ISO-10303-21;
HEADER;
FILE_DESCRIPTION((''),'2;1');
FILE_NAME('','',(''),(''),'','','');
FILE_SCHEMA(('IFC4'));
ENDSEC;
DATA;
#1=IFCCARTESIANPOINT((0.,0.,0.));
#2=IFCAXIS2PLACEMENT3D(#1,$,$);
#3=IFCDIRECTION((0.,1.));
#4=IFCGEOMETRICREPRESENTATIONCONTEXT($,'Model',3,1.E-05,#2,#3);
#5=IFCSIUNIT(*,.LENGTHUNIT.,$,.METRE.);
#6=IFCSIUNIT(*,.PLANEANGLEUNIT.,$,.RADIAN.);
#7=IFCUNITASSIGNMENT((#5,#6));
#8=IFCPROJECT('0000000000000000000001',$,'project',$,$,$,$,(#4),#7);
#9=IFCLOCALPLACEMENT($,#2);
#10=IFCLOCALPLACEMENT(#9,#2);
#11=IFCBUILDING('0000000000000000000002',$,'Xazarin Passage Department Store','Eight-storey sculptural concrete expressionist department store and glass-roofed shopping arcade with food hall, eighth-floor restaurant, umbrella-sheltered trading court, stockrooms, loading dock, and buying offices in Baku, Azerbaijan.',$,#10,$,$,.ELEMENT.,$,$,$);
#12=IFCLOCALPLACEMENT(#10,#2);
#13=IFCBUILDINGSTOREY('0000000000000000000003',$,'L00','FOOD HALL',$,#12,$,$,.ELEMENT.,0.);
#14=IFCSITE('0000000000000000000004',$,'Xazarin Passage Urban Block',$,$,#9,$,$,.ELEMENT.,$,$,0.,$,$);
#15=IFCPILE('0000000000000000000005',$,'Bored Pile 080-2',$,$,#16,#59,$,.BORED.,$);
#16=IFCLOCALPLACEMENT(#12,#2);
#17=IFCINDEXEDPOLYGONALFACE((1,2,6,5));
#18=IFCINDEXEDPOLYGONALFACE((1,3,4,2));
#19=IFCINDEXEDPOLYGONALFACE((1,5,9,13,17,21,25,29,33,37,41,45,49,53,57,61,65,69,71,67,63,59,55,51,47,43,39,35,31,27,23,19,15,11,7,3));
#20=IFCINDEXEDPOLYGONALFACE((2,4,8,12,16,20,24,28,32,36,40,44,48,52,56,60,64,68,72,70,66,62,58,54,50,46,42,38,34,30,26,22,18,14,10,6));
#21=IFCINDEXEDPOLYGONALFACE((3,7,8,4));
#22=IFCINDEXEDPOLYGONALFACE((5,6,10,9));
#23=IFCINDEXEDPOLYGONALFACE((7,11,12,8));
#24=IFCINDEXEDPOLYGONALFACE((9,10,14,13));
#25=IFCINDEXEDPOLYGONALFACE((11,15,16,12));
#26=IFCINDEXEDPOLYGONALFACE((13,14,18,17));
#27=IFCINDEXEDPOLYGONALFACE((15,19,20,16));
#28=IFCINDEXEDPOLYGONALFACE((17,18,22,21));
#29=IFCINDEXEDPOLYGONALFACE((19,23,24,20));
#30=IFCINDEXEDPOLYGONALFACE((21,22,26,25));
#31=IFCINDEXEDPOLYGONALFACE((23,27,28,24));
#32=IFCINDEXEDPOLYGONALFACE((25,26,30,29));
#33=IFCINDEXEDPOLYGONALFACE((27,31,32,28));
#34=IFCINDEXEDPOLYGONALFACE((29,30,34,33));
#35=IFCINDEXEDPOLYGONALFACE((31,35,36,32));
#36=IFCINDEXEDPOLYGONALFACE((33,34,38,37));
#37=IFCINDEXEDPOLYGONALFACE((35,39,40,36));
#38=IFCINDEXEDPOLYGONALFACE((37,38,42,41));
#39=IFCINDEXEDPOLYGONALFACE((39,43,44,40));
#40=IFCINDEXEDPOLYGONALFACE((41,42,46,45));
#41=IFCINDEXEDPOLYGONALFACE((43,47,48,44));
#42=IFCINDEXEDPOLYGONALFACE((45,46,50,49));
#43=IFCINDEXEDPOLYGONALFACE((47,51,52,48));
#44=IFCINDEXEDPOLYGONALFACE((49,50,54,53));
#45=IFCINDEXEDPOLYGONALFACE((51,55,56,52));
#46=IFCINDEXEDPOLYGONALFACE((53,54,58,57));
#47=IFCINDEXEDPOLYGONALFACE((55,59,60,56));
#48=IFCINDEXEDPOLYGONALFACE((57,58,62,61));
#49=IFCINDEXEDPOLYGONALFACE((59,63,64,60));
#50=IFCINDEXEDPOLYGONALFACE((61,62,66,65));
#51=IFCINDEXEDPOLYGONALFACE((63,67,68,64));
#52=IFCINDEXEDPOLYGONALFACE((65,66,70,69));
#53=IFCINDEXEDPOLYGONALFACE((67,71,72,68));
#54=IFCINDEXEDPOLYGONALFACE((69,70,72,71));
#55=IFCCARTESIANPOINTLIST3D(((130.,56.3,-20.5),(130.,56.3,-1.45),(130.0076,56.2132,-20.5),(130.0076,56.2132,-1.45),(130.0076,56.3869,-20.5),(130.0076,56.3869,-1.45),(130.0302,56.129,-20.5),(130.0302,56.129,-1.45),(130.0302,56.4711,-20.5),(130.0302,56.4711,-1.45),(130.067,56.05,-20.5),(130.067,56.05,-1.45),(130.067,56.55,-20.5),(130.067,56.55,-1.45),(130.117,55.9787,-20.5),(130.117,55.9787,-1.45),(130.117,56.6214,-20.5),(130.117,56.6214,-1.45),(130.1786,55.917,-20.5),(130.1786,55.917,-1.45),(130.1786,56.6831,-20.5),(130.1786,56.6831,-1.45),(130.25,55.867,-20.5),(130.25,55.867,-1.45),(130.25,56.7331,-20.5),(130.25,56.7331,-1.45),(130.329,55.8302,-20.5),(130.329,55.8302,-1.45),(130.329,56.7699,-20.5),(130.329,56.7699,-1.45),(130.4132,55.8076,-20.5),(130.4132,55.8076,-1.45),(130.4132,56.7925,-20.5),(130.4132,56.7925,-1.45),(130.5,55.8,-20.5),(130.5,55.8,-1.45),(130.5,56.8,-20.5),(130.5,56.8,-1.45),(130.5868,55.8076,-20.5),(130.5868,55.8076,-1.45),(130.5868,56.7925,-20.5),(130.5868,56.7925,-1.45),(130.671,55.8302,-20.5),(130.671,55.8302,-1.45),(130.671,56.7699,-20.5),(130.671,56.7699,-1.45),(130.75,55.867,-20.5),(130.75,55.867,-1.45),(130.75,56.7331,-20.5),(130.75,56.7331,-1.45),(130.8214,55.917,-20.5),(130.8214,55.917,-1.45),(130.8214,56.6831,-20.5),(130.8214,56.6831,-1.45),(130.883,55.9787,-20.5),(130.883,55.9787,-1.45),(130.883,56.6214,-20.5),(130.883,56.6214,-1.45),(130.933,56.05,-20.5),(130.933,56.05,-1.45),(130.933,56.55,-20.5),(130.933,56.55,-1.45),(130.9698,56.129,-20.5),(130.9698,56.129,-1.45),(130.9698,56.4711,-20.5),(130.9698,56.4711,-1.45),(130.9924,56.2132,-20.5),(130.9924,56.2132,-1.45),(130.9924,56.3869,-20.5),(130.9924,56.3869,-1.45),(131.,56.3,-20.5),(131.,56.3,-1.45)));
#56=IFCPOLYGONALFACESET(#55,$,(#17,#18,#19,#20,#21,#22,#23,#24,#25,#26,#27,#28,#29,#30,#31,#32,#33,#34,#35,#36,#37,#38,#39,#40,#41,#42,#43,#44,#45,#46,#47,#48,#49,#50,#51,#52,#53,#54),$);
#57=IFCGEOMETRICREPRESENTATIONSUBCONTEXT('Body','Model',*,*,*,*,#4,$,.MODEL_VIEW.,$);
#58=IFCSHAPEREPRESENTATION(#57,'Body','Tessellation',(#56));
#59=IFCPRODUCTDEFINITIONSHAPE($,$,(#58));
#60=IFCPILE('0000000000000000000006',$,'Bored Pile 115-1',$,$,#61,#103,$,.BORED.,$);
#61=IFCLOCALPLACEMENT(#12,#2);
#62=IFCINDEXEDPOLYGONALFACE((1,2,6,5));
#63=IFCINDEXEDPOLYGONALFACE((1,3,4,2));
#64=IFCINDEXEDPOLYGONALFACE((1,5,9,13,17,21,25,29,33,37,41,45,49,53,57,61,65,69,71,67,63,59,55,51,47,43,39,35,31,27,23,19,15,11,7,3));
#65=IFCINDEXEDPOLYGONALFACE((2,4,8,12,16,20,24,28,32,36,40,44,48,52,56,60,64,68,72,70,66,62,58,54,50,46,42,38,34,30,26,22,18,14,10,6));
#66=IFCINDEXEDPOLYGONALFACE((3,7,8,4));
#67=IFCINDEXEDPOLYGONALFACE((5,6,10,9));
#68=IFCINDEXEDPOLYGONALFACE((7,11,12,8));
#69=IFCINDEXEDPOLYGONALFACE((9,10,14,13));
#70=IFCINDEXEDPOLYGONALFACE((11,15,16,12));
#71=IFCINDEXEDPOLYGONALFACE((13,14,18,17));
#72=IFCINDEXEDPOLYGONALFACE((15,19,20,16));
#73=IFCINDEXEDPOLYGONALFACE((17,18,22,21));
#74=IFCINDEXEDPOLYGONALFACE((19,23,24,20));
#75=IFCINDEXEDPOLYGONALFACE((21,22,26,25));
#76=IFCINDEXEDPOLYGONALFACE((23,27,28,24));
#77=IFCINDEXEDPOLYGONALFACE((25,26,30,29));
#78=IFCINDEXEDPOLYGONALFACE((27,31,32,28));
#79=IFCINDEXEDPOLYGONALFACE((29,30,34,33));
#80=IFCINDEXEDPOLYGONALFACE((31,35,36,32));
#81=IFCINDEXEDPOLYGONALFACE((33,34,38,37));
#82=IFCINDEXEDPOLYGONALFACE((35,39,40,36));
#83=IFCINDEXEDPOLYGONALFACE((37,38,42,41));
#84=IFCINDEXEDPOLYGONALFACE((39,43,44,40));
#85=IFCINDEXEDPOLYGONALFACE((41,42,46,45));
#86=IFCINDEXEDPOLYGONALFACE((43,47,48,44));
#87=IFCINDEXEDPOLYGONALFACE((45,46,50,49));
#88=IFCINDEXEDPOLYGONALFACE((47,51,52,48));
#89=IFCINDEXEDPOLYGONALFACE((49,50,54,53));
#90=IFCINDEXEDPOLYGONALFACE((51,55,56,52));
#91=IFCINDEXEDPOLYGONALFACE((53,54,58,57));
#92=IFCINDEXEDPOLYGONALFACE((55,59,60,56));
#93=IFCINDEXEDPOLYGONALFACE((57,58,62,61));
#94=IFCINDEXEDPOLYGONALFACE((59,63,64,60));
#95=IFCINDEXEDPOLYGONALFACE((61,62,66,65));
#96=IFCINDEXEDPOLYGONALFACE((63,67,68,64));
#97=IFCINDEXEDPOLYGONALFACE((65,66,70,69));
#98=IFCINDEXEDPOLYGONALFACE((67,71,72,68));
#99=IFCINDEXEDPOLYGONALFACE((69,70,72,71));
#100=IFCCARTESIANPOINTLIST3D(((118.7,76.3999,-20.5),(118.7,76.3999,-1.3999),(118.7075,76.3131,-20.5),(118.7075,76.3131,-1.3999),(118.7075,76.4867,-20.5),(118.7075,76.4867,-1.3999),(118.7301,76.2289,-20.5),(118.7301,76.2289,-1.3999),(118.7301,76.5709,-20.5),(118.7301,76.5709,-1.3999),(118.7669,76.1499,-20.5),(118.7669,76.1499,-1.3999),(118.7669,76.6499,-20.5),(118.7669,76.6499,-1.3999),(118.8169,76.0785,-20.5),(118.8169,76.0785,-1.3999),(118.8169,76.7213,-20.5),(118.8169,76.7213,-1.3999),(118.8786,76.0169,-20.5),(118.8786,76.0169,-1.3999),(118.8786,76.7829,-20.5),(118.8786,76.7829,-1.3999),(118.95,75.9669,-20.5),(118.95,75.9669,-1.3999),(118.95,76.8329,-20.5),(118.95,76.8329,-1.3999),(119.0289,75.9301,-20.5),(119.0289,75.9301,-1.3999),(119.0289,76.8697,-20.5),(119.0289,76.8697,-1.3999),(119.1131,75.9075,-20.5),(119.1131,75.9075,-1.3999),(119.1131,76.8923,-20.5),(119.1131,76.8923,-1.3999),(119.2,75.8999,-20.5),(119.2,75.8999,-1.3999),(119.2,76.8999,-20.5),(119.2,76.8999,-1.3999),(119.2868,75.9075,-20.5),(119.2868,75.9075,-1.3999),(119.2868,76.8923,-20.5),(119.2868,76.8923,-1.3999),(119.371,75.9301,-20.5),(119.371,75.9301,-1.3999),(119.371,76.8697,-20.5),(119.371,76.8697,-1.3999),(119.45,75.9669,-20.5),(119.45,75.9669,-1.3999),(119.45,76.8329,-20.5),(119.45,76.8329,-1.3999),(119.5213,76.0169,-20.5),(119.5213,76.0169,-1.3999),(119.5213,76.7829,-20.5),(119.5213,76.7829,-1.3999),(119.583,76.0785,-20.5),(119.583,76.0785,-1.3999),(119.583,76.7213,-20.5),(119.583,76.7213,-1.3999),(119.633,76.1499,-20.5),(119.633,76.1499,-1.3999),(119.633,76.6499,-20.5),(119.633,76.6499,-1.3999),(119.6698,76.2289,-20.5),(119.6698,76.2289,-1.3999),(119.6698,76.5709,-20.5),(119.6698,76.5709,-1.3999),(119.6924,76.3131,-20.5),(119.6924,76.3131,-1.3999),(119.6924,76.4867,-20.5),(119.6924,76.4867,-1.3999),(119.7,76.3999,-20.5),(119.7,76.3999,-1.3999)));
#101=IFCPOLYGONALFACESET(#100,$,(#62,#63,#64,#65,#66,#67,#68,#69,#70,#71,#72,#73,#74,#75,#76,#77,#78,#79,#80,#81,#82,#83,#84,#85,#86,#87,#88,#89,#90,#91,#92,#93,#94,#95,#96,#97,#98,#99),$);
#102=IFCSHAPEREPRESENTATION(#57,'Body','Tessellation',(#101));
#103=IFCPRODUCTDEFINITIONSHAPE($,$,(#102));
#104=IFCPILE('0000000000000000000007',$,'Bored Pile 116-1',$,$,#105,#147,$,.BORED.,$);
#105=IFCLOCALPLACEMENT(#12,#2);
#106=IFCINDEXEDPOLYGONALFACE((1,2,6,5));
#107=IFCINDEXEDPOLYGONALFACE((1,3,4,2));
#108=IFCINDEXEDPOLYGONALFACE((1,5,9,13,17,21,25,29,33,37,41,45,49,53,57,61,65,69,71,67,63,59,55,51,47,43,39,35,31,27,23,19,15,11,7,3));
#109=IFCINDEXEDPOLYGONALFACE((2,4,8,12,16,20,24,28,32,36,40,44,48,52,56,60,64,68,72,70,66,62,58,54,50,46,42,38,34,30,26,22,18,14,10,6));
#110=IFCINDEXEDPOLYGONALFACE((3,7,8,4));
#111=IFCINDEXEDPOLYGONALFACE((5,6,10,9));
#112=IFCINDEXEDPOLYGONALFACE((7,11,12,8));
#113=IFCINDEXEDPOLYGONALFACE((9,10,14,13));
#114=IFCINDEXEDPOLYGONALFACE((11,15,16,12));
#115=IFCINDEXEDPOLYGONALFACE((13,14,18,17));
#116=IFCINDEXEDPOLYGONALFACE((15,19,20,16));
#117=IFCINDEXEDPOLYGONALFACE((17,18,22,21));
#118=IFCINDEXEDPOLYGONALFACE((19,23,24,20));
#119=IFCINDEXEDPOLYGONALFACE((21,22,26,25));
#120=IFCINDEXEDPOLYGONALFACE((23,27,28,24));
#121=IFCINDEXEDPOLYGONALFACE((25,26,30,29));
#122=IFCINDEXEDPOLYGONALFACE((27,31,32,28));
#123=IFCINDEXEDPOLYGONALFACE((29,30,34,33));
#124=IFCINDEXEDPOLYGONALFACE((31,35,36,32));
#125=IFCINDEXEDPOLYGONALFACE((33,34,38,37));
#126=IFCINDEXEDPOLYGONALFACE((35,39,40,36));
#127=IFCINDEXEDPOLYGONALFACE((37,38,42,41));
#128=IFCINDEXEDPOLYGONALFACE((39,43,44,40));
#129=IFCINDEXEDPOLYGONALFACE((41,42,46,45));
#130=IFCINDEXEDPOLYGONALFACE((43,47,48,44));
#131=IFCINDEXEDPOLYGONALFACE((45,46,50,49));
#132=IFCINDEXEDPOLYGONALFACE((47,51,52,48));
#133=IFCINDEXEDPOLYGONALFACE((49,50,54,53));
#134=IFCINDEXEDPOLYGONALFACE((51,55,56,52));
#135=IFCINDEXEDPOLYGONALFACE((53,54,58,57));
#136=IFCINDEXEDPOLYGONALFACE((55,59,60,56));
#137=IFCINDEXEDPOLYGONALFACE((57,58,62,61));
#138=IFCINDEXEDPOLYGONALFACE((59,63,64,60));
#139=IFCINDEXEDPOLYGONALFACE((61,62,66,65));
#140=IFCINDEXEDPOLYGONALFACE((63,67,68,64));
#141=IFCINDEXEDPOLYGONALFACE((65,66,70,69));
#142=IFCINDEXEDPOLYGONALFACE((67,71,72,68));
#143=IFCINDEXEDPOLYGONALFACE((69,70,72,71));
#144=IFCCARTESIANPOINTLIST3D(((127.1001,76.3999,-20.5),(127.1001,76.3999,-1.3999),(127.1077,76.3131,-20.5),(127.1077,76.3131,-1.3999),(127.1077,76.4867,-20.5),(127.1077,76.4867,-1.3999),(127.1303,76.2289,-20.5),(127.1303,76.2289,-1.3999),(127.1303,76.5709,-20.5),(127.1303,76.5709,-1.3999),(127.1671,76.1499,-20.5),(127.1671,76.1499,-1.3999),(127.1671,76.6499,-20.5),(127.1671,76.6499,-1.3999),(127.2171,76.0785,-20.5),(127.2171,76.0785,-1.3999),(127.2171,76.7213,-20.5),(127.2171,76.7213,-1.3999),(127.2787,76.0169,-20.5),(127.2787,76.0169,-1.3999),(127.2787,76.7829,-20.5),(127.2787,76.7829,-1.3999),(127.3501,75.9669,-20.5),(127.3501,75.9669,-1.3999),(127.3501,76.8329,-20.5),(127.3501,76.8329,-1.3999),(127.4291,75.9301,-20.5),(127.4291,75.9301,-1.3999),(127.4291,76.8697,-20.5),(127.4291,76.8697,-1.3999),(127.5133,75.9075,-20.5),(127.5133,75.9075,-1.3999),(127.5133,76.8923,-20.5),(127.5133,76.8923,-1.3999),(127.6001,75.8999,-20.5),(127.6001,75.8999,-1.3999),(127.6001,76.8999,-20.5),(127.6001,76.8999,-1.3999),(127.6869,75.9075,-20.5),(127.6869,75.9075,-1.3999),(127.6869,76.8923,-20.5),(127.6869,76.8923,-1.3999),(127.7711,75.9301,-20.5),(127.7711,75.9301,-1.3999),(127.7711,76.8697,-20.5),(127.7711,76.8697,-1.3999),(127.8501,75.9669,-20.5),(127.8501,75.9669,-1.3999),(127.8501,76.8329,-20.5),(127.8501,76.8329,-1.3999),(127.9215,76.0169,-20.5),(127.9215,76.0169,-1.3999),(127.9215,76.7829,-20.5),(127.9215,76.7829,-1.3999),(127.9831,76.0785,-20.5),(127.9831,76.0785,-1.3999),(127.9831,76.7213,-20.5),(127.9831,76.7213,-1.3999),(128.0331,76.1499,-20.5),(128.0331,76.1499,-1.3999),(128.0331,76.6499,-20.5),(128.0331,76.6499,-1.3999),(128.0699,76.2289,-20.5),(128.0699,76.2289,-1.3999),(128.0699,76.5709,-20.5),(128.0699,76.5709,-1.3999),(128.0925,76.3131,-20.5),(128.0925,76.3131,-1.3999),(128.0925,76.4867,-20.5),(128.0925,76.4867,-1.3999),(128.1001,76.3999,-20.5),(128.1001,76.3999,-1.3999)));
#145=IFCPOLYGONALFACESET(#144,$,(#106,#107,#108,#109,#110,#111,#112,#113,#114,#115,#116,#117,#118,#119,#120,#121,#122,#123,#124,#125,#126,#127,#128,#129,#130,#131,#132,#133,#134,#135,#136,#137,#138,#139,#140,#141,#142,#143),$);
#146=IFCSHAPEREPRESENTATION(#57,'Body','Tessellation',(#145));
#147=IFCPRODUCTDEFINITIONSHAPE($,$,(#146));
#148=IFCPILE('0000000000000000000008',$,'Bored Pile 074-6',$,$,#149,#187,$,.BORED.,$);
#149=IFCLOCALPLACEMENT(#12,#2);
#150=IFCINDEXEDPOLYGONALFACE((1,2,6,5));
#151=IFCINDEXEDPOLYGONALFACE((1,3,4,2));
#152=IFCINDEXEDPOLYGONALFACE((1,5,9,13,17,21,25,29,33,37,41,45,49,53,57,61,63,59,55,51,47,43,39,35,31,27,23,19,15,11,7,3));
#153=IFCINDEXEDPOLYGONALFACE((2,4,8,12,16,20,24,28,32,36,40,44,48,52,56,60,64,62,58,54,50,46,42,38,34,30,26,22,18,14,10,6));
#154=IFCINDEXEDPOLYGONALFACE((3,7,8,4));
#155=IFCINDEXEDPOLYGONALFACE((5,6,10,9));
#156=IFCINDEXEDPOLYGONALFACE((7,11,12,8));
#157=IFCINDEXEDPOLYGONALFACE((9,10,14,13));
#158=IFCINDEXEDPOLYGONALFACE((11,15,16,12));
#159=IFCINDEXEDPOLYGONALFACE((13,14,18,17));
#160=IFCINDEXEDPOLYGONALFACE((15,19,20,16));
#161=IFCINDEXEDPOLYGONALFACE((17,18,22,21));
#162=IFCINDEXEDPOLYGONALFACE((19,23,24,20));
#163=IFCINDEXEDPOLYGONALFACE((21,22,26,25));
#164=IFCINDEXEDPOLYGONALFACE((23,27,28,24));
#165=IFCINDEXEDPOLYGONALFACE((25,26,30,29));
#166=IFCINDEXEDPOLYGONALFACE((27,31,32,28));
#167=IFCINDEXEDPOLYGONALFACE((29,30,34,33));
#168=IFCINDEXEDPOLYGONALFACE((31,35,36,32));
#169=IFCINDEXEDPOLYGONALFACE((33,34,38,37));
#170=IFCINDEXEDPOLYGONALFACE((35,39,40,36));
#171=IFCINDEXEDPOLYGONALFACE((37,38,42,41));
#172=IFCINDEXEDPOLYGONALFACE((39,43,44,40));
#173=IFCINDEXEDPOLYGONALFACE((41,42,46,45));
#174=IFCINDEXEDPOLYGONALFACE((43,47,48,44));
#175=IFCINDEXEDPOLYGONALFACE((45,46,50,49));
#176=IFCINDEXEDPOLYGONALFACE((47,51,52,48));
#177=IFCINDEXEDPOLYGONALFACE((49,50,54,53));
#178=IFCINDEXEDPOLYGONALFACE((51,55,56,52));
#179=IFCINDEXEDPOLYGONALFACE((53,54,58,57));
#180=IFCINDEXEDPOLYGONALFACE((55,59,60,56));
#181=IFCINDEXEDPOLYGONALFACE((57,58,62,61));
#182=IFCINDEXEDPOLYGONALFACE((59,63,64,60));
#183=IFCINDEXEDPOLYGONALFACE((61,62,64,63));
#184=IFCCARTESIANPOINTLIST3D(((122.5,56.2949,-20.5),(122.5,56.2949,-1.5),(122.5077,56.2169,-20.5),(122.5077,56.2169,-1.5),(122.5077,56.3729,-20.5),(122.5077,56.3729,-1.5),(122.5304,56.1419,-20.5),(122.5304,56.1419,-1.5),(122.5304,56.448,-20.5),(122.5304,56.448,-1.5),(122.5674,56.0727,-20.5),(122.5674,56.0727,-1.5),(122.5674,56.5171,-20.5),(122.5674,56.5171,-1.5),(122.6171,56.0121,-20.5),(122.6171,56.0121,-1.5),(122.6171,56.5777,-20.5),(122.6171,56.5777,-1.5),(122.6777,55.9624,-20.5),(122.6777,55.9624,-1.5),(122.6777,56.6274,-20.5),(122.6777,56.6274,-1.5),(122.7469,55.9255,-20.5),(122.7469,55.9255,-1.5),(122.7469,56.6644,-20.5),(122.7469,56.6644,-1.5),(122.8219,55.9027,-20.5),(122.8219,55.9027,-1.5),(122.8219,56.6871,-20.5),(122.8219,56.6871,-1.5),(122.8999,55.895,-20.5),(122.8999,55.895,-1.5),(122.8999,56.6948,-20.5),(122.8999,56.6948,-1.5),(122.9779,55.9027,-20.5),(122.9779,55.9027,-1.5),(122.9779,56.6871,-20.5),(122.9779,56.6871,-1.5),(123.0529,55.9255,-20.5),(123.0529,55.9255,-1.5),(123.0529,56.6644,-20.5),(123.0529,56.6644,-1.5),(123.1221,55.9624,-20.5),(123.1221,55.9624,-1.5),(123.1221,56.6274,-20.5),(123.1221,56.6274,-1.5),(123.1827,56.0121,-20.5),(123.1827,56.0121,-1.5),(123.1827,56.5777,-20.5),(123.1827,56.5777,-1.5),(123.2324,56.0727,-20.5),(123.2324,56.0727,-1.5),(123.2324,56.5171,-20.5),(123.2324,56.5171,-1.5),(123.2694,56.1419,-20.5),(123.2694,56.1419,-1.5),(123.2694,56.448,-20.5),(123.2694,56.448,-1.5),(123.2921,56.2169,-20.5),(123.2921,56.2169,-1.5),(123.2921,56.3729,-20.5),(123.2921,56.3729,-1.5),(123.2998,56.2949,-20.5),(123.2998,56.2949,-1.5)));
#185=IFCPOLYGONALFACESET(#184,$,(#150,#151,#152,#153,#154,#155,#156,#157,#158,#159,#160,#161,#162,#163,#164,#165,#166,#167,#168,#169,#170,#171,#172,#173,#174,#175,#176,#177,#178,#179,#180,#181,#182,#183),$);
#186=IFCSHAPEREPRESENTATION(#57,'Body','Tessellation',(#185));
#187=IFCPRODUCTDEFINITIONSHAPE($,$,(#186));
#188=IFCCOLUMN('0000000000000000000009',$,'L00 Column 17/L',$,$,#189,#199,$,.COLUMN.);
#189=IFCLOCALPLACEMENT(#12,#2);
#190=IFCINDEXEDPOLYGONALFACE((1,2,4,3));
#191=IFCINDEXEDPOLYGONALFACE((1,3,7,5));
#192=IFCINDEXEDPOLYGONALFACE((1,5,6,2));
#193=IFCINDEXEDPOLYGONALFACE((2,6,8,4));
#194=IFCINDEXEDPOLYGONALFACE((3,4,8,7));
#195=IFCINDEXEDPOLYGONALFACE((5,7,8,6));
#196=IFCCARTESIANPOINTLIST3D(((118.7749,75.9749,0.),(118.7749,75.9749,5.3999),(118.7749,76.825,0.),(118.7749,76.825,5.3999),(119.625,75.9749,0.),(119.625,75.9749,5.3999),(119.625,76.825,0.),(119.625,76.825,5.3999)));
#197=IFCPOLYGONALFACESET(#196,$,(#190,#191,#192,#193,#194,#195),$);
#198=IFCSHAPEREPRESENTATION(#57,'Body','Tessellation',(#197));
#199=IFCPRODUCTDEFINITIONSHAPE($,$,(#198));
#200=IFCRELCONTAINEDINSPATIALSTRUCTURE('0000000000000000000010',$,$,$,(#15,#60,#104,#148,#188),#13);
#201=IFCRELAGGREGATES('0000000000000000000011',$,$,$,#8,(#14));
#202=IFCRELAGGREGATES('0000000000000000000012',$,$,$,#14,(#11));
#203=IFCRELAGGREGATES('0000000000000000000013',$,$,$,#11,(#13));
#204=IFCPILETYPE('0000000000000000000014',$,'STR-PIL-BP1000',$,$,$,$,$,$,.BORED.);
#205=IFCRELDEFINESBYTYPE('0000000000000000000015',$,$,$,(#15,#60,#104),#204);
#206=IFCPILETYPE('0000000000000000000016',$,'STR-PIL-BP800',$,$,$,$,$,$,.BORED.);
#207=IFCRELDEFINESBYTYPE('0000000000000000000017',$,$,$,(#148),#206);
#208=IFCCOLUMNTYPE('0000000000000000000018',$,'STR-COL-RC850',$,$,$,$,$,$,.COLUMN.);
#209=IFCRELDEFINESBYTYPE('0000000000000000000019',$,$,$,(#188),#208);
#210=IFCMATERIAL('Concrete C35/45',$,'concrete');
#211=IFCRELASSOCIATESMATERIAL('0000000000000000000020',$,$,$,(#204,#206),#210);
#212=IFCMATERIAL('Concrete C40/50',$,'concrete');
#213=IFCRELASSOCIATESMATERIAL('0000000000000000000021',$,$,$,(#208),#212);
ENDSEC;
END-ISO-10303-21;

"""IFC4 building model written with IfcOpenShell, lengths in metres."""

from ifc_helpers import new_model, si_unit, direction, frame, origin, origin_2d, place, context, subcontext, project, spatial, rectangle, circle, extrude, material, material_profile, profile_set, type_object, element, save


model = new_model("IFC4")

# Units and contexts
model_context = context("Model", 3, precision=1e-05, world=origin(), true_north=direction((0.0, 1.0)))
body_context = subcontext(model_context, "Body", "Model", "MODEL_VIEW")
ifc_project = project(units=[si_unit("LENGTHUNIT", "METRE"), si_unit("PLANEANGLEUNIT", "RADIAN")], contexts=[model_context])

# Site, building, storey
site_placement = place(None, origin())
site = spatial("IfcSite", under=ifc_project, at=site_placement, Name="Xazarin Passage Urban Block", CompositionType="ELEMENT", RefElevation=0.0)
building_placement = place(site_placement, origin())
building = spatial("IfcBuilding", under=site, at=building_placement, Name="Xazarin Passage Department Store", Description="Eight-storey sculptural concrete expressionist department store and glass-roofed shopping arcade with food hall, eighth-floor restaurant, umbrella-sheltered trading court, stockrooms, loading dock, and buying offices in Baku, Azerbaijan.", CompositionType="ELEMENT")
storey_placement = place(building_placement, origin())
storey = spatial("IfcBuildingStorey", under=building, at=storey_placement, Name="L00", Description="FOOD HALL", CompositionType="ELEMENT", Elevation=0.0)

# Shared definitions
ifc_material_1 = material(Name="Concrete C35/45", Category="concrete")

# Piles
ifc_material_profile_1 = material_profile(ifc_material_1, circle(Radius=0.5, at=origin_2d()), Name="BP 1000")
ifc_profile_set_1 = profile_set([ifc_material_profile_1], Name="Concrete C35/45")
pile_type_1 = type_object("IfcPileType", Name="STR-PIL-BP1000", PredefinedType="BORED", material=ifc_profile_set_1)
pile_1_placement = place(storey_placement, frame((130.5, 56.3, -1.45), z_axis=(0.0, 0.0, -1.0), x_axis=(1.0, 0.0, 0.0)))
element("IfcPile", 1, at=pile_1_placement, inside=storey, type_object=pile_type_1, Name="Bored Pile 080-2", PredefinedType="BORED", context=body_context, shape_type="SweptSolid", body=[
    extrude(circle(Radius=0.5, at=origin_2d()), origin(), (0.0, 0.0, 1.0), 19.05),
])
for number, where, z_axis, x_axis, name in (
    (2, (119.2, 76.3999, -1.3999), (0.0, 0.0, -1.0), (1.0, 0.0, 0.0), "Bored Pile 115-1"),
    (3, (127.6001, 76.3999, -1.3999), (0.0, 0.0, -1.0), (1.0, 0.0, 0.0), "Bored Pile 116-1"),
):
    element("IfcPile", number, at=place(storey_placement, frame(where, z_axis=z_axis, x_axis=x_axis)), inside=storey, type_object=pile_type_1, Name=name, PredefinedType="BORED", context=body_context, shape_type="SweptSolid", body=[
        extrude(circle(Radius=0.5, at=origin_2d()), origin(), (0.0, 0.0, 1.0), 19.1001),
    ])
ifc_material_profile_2 = material_profile(ifc_material_1, circle(Radius=0.3999, at=origin_2d()), Name="BP 800")
ifc_profile_set_2 = profile_set([ifc_material_profile_2], Name="Concrete C35/45")
pile_type_2 = type_object("IfcPileType", Name="STR-PIL-BP800", PredefinedType="BORED", material=ifc_profile_set_2)
pile_2_placement = place(storey_placement, frame((122.8999, 56.2949, -1.5), z_axis=(0.0, 0.0, -1.0), x_axis=(1.0, 0.0, 0.0)))
element("IfcPile", 4, at=pile_2_placement, inside=storey, type_object=pile_type_2, Name="Bored Pile 074-6", PredefinedType="BORED", context=body_context, shape_type="SweptSolid", body=[
    extrude(circle(Radius=0.3999, at=origin_2d()), origin(), (0.0, 0.0, 1.0), 19.0),
])

# Column
ifc_material_2 = material(Name="Concrete C40/50", Category="concrete")
ifc_material_profile_3 = material_profile(ifc_material_2, rectangle(XDim=0.8501, YDim=0.8501, at=origin_2d()), Name="RC 850x850")
ifc_profile_set_3 = profile_set([ifc_material_profile_3], Name="Concrete C40/50")
column_type = type_object("IfcColumnType", Name="STR-COL-RC850", PredefinedType="COLUMN", material=ifc_profile_set_3)
for number, where, z_axis, x_axis, name in (
    (5, (119.2, 76.3999, 0.0), (0.0, 0.0, 1.0), (1.0, 0.0, 0.0), "L00 Column 17/L"),
):
    element("IfcColumn", number, at=place(storey_placement, frame(where, z_axis=z_axis, x_axis=x_axis)), inside=storey, type_object=column_type, Name=name, PredefinedType="COLUMN", context=body_context, shape_type="SweptSolid", body=[
        extrude(rectangle(XDim=0.8501, YDim=0.8501, at=origin_2d()), origin(), (0.0, 0.0, 1.0), 5.3999),
    ])

save(model, "model.ifc")
